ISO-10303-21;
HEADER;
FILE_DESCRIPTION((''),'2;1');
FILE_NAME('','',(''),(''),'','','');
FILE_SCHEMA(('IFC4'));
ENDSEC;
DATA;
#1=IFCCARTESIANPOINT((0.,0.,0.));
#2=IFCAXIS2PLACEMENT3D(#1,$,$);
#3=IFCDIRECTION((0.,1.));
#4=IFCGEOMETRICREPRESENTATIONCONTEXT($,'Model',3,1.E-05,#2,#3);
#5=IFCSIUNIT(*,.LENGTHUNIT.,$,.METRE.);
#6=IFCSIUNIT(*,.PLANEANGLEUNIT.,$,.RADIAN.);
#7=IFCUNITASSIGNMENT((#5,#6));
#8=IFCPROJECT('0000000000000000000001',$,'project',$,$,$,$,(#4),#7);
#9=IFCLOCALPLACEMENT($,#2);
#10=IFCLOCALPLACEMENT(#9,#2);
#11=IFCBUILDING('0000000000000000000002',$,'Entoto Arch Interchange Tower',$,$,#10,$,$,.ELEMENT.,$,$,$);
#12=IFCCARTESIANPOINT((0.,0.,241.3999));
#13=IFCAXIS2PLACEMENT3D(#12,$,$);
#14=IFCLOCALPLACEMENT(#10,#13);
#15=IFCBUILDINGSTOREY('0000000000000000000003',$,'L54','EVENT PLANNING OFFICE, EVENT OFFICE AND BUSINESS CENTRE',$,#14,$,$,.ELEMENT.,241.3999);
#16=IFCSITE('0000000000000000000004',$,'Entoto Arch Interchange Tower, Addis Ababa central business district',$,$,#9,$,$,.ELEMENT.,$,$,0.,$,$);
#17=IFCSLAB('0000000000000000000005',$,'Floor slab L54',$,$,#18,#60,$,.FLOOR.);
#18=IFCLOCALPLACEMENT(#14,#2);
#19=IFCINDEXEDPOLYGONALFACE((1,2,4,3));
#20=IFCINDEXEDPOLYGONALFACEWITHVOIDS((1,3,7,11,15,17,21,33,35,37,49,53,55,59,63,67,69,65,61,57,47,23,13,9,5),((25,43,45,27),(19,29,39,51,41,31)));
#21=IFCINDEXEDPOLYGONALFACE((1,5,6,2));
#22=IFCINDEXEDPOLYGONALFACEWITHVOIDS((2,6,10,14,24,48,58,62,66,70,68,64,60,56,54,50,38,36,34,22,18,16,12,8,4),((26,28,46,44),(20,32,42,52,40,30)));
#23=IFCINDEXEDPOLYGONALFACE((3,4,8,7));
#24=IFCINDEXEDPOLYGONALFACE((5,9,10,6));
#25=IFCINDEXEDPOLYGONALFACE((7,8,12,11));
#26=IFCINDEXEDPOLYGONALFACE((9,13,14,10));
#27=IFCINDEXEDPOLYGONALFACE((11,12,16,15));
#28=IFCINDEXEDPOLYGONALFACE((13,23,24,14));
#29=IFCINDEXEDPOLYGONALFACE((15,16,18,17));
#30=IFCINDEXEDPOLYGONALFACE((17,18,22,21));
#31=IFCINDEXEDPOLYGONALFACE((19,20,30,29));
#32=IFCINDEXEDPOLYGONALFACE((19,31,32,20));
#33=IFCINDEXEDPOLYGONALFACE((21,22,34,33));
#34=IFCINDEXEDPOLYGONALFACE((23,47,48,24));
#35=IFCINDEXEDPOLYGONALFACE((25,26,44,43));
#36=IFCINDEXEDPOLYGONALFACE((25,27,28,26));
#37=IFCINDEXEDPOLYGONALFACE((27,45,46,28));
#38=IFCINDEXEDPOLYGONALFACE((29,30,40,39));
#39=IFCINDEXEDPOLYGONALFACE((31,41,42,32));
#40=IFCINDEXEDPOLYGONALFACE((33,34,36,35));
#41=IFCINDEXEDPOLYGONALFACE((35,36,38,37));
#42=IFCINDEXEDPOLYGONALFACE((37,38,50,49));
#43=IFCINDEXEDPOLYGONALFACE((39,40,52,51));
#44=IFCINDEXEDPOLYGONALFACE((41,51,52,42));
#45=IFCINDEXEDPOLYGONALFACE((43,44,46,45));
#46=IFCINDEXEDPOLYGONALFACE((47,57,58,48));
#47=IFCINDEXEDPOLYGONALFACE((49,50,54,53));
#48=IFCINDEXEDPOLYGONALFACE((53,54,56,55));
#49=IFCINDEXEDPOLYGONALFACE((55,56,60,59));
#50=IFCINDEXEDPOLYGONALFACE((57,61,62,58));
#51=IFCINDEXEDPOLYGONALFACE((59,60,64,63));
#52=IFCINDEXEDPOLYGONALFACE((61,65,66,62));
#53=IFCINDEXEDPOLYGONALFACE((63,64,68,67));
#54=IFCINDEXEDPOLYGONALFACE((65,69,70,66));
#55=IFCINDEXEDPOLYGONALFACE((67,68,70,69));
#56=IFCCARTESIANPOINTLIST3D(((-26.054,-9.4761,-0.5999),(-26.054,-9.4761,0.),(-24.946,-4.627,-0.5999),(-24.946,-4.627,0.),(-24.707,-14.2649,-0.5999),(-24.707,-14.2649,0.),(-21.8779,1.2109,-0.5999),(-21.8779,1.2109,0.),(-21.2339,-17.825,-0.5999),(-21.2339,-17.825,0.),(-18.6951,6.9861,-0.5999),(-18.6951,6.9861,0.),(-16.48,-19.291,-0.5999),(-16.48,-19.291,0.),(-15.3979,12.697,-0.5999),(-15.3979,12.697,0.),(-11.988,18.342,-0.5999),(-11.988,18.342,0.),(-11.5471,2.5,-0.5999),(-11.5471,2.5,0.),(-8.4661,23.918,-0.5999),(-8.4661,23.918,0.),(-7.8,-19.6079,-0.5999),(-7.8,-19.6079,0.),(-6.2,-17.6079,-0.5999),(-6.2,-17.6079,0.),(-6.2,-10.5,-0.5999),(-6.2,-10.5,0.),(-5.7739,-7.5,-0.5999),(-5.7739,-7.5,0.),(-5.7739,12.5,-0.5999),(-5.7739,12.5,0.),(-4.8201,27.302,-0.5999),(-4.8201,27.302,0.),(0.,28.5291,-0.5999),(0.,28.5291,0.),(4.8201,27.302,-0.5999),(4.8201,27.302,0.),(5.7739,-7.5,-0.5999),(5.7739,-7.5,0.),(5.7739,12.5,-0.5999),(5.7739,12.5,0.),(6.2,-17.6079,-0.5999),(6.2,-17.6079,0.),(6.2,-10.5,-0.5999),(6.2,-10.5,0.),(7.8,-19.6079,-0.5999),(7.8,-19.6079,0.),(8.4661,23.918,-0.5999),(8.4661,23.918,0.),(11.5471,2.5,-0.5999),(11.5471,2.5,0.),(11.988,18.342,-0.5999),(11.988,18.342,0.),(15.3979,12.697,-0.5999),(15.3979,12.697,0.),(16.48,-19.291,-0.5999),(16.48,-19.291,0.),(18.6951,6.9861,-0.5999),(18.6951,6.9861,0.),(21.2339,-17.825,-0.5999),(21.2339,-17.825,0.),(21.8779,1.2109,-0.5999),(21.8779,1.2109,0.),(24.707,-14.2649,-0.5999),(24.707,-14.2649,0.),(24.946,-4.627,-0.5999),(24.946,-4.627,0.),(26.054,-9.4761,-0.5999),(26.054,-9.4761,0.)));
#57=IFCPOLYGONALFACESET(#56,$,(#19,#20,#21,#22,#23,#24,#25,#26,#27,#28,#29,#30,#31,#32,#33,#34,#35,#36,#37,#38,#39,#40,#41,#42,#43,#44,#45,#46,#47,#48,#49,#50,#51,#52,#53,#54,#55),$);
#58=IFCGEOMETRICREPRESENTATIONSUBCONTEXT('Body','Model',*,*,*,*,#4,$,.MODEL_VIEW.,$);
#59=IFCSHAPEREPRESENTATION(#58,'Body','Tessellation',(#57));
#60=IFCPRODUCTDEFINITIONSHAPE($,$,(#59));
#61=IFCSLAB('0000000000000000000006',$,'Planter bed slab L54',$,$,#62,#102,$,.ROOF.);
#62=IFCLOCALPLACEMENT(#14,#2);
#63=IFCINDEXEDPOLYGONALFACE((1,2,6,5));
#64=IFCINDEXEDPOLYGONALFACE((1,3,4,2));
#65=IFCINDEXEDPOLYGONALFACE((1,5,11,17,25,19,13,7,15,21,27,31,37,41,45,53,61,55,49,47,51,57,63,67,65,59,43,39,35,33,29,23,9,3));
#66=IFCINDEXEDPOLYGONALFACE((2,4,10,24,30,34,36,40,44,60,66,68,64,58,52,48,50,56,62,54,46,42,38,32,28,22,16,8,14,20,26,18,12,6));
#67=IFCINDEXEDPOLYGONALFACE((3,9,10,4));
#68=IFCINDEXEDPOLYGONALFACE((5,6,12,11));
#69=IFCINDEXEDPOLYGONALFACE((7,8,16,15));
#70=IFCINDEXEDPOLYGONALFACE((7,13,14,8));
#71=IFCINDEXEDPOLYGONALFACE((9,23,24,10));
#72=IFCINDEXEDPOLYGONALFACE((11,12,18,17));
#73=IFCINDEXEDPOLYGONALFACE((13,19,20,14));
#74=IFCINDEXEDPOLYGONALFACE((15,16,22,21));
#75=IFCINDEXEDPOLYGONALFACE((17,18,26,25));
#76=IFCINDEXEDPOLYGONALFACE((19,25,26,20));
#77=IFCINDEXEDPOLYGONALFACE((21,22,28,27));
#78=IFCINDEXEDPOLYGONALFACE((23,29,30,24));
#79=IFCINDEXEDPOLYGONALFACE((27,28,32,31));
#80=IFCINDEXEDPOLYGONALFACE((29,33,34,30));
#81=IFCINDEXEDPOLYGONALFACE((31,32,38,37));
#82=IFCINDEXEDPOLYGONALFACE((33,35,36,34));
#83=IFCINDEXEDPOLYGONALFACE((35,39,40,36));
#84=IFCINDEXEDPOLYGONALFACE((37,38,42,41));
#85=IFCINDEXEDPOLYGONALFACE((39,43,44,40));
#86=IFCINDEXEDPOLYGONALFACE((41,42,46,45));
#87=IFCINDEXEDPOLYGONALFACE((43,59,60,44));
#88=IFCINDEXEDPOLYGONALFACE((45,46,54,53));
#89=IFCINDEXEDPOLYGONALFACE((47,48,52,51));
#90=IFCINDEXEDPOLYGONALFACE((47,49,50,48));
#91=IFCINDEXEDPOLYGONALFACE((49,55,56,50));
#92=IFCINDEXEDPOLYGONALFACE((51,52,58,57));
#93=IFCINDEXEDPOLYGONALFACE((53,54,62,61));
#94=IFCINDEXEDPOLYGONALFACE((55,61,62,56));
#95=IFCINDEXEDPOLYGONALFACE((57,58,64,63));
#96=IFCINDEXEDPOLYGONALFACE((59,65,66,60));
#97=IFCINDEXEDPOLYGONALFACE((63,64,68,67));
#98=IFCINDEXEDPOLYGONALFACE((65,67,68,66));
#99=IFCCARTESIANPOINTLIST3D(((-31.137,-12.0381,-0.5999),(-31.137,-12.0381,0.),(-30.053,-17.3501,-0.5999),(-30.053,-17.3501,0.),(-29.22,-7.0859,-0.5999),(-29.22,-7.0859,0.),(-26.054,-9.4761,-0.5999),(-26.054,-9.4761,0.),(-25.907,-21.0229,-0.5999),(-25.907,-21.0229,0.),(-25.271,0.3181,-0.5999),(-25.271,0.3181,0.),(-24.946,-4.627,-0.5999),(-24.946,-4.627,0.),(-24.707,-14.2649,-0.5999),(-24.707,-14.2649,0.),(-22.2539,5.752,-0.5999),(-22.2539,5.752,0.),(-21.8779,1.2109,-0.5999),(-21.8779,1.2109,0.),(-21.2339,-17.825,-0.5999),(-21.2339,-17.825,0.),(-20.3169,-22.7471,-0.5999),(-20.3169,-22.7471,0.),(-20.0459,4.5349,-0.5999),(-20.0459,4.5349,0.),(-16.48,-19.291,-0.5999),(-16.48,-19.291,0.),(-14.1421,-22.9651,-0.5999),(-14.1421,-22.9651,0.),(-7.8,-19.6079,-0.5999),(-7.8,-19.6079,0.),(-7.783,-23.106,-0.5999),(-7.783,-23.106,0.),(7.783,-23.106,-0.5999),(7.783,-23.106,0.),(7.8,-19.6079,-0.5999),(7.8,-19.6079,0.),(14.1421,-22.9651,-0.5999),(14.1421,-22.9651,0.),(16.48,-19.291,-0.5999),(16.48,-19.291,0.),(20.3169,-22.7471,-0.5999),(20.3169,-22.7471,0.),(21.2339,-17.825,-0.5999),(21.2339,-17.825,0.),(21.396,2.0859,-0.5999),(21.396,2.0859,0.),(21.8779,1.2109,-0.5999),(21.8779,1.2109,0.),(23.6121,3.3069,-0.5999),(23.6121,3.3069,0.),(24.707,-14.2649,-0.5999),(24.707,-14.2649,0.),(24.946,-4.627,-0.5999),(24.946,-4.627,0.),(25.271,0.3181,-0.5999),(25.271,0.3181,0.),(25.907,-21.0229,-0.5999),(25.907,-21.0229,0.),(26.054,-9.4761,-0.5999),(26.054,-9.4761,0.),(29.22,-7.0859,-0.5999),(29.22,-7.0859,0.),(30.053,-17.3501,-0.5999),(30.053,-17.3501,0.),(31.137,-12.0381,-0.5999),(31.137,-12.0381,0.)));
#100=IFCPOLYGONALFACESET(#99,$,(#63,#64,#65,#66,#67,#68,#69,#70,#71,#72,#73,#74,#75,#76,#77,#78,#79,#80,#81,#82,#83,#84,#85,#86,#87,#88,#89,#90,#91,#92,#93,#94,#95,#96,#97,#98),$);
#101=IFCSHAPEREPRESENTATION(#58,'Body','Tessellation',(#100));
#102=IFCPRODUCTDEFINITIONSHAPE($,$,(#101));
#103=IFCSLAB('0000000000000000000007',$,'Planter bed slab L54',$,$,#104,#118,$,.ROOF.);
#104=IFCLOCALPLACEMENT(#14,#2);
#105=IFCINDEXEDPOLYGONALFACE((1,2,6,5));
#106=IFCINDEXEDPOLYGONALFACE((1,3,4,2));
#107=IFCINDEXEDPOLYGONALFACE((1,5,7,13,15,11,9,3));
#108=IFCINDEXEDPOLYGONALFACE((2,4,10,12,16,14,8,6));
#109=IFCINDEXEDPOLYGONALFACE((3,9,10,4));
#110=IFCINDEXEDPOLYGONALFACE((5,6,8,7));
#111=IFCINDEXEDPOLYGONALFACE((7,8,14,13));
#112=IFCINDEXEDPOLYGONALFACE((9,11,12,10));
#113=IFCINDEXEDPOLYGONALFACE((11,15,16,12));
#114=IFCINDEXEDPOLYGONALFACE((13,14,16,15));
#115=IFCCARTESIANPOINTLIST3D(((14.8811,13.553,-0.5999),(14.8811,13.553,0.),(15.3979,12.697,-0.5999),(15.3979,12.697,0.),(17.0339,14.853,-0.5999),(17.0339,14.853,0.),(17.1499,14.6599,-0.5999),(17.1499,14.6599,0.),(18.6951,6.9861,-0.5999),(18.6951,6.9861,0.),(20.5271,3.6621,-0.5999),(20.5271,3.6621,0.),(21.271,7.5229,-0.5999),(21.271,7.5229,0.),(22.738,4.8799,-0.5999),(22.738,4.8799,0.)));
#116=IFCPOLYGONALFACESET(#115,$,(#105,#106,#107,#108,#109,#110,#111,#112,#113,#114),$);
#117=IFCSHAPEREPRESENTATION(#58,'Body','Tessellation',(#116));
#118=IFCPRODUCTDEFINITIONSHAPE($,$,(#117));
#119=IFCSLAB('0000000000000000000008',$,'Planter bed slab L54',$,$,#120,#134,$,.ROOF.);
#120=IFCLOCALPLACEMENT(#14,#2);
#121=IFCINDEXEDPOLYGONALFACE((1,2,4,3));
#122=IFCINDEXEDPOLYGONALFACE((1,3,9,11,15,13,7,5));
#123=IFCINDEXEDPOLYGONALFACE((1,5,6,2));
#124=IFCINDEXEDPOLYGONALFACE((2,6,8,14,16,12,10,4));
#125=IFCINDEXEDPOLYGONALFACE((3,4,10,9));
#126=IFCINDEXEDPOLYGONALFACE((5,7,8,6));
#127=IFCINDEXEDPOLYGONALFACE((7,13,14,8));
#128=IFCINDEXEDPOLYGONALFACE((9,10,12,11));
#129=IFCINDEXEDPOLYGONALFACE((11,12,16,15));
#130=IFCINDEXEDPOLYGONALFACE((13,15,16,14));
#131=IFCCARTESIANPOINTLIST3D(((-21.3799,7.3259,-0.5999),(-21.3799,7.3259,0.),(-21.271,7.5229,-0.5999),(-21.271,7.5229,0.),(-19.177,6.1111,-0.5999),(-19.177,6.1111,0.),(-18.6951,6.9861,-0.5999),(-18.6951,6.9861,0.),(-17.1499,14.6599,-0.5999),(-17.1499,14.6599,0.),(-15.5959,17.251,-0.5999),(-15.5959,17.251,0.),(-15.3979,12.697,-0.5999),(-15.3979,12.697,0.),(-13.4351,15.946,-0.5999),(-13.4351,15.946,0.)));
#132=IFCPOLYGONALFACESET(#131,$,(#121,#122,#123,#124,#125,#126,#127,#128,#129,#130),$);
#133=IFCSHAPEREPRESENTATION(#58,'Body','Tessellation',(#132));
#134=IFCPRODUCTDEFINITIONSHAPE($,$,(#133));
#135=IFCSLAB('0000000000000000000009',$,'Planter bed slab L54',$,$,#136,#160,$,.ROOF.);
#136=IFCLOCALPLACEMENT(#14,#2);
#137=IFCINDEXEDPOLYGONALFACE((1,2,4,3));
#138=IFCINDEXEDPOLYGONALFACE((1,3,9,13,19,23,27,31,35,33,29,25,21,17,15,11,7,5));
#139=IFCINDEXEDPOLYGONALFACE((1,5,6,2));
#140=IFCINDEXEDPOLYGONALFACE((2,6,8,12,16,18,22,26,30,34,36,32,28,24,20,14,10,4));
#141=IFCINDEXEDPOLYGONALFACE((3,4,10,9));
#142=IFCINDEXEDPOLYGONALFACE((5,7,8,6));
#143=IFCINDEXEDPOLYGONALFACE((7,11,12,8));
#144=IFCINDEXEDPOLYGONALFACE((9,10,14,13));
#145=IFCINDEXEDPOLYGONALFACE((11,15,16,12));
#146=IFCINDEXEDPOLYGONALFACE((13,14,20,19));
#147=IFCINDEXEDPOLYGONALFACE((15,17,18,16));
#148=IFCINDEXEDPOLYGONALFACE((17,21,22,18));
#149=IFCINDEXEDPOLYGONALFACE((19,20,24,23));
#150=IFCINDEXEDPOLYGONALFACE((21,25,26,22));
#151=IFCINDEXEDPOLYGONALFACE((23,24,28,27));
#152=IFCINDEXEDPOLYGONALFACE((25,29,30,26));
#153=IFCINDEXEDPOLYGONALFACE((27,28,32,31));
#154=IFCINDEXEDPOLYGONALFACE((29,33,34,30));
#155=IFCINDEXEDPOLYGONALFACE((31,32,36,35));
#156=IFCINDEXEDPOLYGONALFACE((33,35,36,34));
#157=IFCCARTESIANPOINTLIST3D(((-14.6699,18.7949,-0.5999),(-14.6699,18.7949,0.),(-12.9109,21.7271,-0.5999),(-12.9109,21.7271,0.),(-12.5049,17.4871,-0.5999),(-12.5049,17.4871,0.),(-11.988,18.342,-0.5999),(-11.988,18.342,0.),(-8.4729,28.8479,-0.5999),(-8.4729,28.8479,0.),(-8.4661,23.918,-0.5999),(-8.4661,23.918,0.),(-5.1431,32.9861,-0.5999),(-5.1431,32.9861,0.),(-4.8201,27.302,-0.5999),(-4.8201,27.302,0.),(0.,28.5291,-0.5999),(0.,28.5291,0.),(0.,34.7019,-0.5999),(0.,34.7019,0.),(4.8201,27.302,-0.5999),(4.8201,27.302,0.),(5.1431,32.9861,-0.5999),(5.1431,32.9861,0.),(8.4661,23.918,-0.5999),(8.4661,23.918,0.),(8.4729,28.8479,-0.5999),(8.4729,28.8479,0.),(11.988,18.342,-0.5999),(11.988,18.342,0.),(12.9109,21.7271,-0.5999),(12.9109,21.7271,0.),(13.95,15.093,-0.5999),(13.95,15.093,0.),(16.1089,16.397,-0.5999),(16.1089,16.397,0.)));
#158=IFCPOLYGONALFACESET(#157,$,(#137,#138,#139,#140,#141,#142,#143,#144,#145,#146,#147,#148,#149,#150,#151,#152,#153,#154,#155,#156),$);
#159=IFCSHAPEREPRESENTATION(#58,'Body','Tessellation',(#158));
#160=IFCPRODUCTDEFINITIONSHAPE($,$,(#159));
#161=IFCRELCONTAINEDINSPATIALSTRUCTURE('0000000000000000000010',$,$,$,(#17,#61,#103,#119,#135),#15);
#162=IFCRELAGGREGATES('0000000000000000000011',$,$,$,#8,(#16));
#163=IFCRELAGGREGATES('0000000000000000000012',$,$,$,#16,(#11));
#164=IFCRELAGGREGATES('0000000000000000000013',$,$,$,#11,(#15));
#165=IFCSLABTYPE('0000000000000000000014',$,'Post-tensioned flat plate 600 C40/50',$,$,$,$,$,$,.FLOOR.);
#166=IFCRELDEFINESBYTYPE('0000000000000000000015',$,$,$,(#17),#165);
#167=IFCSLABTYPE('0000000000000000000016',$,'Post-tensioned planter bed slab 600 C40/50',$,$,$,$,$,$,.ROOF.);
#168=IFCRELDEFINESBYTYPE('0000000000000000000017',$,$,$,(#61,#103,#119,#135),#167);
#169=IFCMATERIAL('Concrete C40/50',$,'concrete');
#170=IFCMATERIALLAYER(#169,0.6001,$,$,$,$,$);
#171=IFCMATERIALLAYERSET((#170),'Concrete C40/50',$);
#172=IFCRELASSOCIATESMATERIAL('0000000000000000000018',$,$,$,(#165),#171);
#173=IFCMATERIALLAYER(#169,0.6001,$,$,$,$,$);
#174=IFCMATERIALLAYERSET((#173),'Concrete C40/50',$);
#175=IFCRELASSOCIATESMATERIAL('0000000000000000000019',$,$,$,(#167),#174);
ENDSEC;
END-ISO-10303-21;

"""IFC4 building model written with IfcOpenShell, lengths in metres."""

from ifc_helpers import new_model, si_unit, direction, frame, origin, place, context, subcontext, project, spatial, polyline, outline, extrude, material, layer, layer_set, type_object, element, save


model = new_model("IFC4")

# Units and contexts
model_context = context("Model", 3, precision=1e-05, world=origin(), true_north=direction((0.0, 1.0)))
body_context = subcontext(model_context, "Body", "Model", "MODEL_VIEW")
ifc_project = project(units=[si_unit("LENGTHUNIT", "METRE"), si_unit("PLANEANGLEUNIT", "RADIAN")], contexts=[model_context])

# Site, building, storey
site_placement = place(None, origin())
site = spatial("IfcSite", under=ifc_project, at=site_placement, Name="Entoto Arch Interchange Tower, Addis Ababa central business district", CompositionType="ELEMENT", RefElevation=0.0)
building_placement = place(site_placement, origin())
building = spatial("IfcBuilding", under=site, at=building_placement, Name="Entoto Arch Interchange Tower", CompositionType="ELEMENT")
storey_placement = place(building_placement, frame((0.0, 0.0, 241.3999)))
storey = spatial("IfcBuildingStorey", under=building, at=storey_placement, Name="L54", Description="EVENT PLANNING OFFICE, EVENT OFFICE AND BUSINESS CENTRE", CompositionType="ELEMENT", Elevation=241.3999)

# Slabs
ifc_material_1 = material(Name="Concrete C40/50", Category="concrete")
ifc_layer_1 = layer(ifc_material_1, 0.6001)
ifc_layer_set_1 = layer_set([ifc_layer_1], Name="Concrete C40/50")
slab_type_1 = type_object("IfcSlabType", Name="Post-tensioned flat plate 600 C40/50", PredefinedType="FLOOR", material=ifc_layer_set_1)
slab_1_placement = place(storey_placement, frame((0.0, 0.0, -0.5999)))
element("IfcSlab", 1, at=slab_1_placement, inside=storey, type_object=slab_type_1, Name="Floor slab L54", PredefinedType="FLOOR", context=body_context, shape_type="SweptSolid", body=[
    extrude(outline(polyline([(-16.48, -19.291), (-7.8, -19.6079), (7.8, -19.6079), (16.48, -19.291), (21.2339, -17.825), (24.707, -14.2649), (26.054, -9.4761), (24.946, -4.627), (21.8779, 1.2109), (18.6951, 6.9861), (15.3979, 12.697), (11.988, 18.342), (8.4661, 23.918), (4.8201, 27.302), (0.0, 28.5291), (-4.8201, 27.302), (-8.4661, 23.918), (-11.988, 18.342), (-15.3979, 12.697), (-18.6951, 6.9861), (-21.8779, 1.2109), (-24.946, -4.627), (-26.054, -9.4761), (-24.707, -14.2649), (-21.2339, -17.825), (-16.48, -19.291)]), holes=[polyline([(6.2, -17.6079), (6.2, -10.5), (-6.2, -10.5), (-6.2, -17.6079), (6.2, -17.6079)]), polyline([(11.5471, 2.5), (5.7739, 12.5), (-5.7739, 12.5), (-11.5471, 2.5), (-5.7739, -7.5), (5.7739, -7.5), (11.5471, 2.5)])]), origin(), (0.0, 0.0, 1.0), 0.5999),
])
ifc_layer_2 = layer(ifc_material_1, 0.6001)
ifc_layer_set_2 = layer_set([ifc_layer_2], Name="Concrete C40/50")
slab_type_2 = type_object("IfcSlabType", Name="Post-tensioned planter bed slab 600 C40/50", PredefinedType="ROOF", material=ifc_layer_set_2)
slab_2_placement = place(storey_placement, frame((0.0, 0.0, -0.5999)))
element("IfcSlab", 2, at=slab_2_placement, inside=storey, type_object=slab_type_2, Name="Planter bed slab L54", PredefinedType="ROOF", context=body_context, shape_type="SweptSolid", body=[
    extrude(outline(polyline([(7.8, -19.6079), (-7.8, -19.6079), (-16.48, -19.291), (-21.2339, -17.825), (-24.707, -14.2649), (-26.054, -9.4761), (-24.946, -4.627), (-21.8779, 1.2109), (-20.0459, 4.5349), (-22.2539, 5.752), (-25.271, 0.3181), (-29.22, -7.0859), (-31.137, -12.0381), (-30.053, -17.3501), (-25.907, -21.0229), (-20.3169, -22.7471), (-14.1421, -22.9651), (-7.783, -23.106), (7.783, -23.106), (14.1421, -22.9651), (20.3169, -22.7471), (25.907, -21.0229), (30.053, -17.3501), (31.137, -12.0381), (29.22, -7.0859), (25.271, 0.3181), (23.6121, 3.3069), (21.396, 2.0859), (21.8779, 1.2109), (24.946, -4.627), (26.054, -9.4761), (24.707, -14.2649), (21.2339, -17.825), (16.48, -19.291), (7.8, -19.6079)])), origin(), (0.0, 0.0, 1.0), 0.5999),
])
slab_3_placement = place(storey_placement, frame((0.0, 0.0, -0.5999)))
element("IfcSlab", 3, at=slab_3_placement, inside=storey, type_object=slab_type_2, Name="Planter bed slab L54", PredefinedType="ROOF", context=body_context, shape_type="SweptSolid", body=[
    extrude(outline(polyline([(20.5271, 3.6621), (22.738, 4.8799), (21.271, 7.5229), (17.1499, 14.6599), (17.0339, 14.853), (14.8811, 13.553), (15.3979, 12.697), (18.6951, 6.9861), (20.5271, 3.6621)])), origin(), (0.0, 0.0, 1.0), 0.5999),
])
slab_4_placement = place(storey_placement, frame((0.0, 0.0, -0.5999)))
element("IfcSlab", 4, at=slab_4_placement, inside=storey, type_object=slab_type_2, Name="Planter bed slab L54", PredefinedType="ROOF", context=body_context, shape_type="SweptSolid", body=[
    extrude(outline(polyline([(-19.177, 6.1111), (-18.6951, 6.9861), (-15.3979, 12.697), (-13.4351, 15.946), (-15.5959, 17.251), (-17.1499, 14.6599), (-21.271, 7.5229), (-21.3799, 7.3259), (-19.177, 6.1111)])), origin(), (0.0, 0.0, 1.0), 0.5999),
])
slab_5_placement = place(storey_placement, frame((0.0, 0.0, -0.5999)))
element("IfcSlab", 5, at=slab_5_placement, inside=storey, type_object=slab_type_2, Name="Planter bed slab L54", PredefinedType="ROOF", context=body_context, shape_type="SweptSolid", body=[
    extrude(outline(polyline([(11.988, 18.342), (13.95, 15.093), (16.1089, 16.397), (12.9109, 21.7271), (8.4729, 28.8479), (5.1431, 32.9861), (0.0, 34.7019), (-5.1431, 32.9861), (-8.4729, 28.8479), (-12.9109, 21.7271), (-14.6699, 18.7949), (-12.5049, 17.4871), (-11.988, 18.342), (-8.4661, 23.918), (-4.8201, 27.302), (0.0, 28.5291), (4.8201, 27.302), (8.4661, 23.918), (11.988, 18.342)])), origin(), (0.0, 0.0, 1.0), 0.5999),
])

save(model, "model.ifc")
